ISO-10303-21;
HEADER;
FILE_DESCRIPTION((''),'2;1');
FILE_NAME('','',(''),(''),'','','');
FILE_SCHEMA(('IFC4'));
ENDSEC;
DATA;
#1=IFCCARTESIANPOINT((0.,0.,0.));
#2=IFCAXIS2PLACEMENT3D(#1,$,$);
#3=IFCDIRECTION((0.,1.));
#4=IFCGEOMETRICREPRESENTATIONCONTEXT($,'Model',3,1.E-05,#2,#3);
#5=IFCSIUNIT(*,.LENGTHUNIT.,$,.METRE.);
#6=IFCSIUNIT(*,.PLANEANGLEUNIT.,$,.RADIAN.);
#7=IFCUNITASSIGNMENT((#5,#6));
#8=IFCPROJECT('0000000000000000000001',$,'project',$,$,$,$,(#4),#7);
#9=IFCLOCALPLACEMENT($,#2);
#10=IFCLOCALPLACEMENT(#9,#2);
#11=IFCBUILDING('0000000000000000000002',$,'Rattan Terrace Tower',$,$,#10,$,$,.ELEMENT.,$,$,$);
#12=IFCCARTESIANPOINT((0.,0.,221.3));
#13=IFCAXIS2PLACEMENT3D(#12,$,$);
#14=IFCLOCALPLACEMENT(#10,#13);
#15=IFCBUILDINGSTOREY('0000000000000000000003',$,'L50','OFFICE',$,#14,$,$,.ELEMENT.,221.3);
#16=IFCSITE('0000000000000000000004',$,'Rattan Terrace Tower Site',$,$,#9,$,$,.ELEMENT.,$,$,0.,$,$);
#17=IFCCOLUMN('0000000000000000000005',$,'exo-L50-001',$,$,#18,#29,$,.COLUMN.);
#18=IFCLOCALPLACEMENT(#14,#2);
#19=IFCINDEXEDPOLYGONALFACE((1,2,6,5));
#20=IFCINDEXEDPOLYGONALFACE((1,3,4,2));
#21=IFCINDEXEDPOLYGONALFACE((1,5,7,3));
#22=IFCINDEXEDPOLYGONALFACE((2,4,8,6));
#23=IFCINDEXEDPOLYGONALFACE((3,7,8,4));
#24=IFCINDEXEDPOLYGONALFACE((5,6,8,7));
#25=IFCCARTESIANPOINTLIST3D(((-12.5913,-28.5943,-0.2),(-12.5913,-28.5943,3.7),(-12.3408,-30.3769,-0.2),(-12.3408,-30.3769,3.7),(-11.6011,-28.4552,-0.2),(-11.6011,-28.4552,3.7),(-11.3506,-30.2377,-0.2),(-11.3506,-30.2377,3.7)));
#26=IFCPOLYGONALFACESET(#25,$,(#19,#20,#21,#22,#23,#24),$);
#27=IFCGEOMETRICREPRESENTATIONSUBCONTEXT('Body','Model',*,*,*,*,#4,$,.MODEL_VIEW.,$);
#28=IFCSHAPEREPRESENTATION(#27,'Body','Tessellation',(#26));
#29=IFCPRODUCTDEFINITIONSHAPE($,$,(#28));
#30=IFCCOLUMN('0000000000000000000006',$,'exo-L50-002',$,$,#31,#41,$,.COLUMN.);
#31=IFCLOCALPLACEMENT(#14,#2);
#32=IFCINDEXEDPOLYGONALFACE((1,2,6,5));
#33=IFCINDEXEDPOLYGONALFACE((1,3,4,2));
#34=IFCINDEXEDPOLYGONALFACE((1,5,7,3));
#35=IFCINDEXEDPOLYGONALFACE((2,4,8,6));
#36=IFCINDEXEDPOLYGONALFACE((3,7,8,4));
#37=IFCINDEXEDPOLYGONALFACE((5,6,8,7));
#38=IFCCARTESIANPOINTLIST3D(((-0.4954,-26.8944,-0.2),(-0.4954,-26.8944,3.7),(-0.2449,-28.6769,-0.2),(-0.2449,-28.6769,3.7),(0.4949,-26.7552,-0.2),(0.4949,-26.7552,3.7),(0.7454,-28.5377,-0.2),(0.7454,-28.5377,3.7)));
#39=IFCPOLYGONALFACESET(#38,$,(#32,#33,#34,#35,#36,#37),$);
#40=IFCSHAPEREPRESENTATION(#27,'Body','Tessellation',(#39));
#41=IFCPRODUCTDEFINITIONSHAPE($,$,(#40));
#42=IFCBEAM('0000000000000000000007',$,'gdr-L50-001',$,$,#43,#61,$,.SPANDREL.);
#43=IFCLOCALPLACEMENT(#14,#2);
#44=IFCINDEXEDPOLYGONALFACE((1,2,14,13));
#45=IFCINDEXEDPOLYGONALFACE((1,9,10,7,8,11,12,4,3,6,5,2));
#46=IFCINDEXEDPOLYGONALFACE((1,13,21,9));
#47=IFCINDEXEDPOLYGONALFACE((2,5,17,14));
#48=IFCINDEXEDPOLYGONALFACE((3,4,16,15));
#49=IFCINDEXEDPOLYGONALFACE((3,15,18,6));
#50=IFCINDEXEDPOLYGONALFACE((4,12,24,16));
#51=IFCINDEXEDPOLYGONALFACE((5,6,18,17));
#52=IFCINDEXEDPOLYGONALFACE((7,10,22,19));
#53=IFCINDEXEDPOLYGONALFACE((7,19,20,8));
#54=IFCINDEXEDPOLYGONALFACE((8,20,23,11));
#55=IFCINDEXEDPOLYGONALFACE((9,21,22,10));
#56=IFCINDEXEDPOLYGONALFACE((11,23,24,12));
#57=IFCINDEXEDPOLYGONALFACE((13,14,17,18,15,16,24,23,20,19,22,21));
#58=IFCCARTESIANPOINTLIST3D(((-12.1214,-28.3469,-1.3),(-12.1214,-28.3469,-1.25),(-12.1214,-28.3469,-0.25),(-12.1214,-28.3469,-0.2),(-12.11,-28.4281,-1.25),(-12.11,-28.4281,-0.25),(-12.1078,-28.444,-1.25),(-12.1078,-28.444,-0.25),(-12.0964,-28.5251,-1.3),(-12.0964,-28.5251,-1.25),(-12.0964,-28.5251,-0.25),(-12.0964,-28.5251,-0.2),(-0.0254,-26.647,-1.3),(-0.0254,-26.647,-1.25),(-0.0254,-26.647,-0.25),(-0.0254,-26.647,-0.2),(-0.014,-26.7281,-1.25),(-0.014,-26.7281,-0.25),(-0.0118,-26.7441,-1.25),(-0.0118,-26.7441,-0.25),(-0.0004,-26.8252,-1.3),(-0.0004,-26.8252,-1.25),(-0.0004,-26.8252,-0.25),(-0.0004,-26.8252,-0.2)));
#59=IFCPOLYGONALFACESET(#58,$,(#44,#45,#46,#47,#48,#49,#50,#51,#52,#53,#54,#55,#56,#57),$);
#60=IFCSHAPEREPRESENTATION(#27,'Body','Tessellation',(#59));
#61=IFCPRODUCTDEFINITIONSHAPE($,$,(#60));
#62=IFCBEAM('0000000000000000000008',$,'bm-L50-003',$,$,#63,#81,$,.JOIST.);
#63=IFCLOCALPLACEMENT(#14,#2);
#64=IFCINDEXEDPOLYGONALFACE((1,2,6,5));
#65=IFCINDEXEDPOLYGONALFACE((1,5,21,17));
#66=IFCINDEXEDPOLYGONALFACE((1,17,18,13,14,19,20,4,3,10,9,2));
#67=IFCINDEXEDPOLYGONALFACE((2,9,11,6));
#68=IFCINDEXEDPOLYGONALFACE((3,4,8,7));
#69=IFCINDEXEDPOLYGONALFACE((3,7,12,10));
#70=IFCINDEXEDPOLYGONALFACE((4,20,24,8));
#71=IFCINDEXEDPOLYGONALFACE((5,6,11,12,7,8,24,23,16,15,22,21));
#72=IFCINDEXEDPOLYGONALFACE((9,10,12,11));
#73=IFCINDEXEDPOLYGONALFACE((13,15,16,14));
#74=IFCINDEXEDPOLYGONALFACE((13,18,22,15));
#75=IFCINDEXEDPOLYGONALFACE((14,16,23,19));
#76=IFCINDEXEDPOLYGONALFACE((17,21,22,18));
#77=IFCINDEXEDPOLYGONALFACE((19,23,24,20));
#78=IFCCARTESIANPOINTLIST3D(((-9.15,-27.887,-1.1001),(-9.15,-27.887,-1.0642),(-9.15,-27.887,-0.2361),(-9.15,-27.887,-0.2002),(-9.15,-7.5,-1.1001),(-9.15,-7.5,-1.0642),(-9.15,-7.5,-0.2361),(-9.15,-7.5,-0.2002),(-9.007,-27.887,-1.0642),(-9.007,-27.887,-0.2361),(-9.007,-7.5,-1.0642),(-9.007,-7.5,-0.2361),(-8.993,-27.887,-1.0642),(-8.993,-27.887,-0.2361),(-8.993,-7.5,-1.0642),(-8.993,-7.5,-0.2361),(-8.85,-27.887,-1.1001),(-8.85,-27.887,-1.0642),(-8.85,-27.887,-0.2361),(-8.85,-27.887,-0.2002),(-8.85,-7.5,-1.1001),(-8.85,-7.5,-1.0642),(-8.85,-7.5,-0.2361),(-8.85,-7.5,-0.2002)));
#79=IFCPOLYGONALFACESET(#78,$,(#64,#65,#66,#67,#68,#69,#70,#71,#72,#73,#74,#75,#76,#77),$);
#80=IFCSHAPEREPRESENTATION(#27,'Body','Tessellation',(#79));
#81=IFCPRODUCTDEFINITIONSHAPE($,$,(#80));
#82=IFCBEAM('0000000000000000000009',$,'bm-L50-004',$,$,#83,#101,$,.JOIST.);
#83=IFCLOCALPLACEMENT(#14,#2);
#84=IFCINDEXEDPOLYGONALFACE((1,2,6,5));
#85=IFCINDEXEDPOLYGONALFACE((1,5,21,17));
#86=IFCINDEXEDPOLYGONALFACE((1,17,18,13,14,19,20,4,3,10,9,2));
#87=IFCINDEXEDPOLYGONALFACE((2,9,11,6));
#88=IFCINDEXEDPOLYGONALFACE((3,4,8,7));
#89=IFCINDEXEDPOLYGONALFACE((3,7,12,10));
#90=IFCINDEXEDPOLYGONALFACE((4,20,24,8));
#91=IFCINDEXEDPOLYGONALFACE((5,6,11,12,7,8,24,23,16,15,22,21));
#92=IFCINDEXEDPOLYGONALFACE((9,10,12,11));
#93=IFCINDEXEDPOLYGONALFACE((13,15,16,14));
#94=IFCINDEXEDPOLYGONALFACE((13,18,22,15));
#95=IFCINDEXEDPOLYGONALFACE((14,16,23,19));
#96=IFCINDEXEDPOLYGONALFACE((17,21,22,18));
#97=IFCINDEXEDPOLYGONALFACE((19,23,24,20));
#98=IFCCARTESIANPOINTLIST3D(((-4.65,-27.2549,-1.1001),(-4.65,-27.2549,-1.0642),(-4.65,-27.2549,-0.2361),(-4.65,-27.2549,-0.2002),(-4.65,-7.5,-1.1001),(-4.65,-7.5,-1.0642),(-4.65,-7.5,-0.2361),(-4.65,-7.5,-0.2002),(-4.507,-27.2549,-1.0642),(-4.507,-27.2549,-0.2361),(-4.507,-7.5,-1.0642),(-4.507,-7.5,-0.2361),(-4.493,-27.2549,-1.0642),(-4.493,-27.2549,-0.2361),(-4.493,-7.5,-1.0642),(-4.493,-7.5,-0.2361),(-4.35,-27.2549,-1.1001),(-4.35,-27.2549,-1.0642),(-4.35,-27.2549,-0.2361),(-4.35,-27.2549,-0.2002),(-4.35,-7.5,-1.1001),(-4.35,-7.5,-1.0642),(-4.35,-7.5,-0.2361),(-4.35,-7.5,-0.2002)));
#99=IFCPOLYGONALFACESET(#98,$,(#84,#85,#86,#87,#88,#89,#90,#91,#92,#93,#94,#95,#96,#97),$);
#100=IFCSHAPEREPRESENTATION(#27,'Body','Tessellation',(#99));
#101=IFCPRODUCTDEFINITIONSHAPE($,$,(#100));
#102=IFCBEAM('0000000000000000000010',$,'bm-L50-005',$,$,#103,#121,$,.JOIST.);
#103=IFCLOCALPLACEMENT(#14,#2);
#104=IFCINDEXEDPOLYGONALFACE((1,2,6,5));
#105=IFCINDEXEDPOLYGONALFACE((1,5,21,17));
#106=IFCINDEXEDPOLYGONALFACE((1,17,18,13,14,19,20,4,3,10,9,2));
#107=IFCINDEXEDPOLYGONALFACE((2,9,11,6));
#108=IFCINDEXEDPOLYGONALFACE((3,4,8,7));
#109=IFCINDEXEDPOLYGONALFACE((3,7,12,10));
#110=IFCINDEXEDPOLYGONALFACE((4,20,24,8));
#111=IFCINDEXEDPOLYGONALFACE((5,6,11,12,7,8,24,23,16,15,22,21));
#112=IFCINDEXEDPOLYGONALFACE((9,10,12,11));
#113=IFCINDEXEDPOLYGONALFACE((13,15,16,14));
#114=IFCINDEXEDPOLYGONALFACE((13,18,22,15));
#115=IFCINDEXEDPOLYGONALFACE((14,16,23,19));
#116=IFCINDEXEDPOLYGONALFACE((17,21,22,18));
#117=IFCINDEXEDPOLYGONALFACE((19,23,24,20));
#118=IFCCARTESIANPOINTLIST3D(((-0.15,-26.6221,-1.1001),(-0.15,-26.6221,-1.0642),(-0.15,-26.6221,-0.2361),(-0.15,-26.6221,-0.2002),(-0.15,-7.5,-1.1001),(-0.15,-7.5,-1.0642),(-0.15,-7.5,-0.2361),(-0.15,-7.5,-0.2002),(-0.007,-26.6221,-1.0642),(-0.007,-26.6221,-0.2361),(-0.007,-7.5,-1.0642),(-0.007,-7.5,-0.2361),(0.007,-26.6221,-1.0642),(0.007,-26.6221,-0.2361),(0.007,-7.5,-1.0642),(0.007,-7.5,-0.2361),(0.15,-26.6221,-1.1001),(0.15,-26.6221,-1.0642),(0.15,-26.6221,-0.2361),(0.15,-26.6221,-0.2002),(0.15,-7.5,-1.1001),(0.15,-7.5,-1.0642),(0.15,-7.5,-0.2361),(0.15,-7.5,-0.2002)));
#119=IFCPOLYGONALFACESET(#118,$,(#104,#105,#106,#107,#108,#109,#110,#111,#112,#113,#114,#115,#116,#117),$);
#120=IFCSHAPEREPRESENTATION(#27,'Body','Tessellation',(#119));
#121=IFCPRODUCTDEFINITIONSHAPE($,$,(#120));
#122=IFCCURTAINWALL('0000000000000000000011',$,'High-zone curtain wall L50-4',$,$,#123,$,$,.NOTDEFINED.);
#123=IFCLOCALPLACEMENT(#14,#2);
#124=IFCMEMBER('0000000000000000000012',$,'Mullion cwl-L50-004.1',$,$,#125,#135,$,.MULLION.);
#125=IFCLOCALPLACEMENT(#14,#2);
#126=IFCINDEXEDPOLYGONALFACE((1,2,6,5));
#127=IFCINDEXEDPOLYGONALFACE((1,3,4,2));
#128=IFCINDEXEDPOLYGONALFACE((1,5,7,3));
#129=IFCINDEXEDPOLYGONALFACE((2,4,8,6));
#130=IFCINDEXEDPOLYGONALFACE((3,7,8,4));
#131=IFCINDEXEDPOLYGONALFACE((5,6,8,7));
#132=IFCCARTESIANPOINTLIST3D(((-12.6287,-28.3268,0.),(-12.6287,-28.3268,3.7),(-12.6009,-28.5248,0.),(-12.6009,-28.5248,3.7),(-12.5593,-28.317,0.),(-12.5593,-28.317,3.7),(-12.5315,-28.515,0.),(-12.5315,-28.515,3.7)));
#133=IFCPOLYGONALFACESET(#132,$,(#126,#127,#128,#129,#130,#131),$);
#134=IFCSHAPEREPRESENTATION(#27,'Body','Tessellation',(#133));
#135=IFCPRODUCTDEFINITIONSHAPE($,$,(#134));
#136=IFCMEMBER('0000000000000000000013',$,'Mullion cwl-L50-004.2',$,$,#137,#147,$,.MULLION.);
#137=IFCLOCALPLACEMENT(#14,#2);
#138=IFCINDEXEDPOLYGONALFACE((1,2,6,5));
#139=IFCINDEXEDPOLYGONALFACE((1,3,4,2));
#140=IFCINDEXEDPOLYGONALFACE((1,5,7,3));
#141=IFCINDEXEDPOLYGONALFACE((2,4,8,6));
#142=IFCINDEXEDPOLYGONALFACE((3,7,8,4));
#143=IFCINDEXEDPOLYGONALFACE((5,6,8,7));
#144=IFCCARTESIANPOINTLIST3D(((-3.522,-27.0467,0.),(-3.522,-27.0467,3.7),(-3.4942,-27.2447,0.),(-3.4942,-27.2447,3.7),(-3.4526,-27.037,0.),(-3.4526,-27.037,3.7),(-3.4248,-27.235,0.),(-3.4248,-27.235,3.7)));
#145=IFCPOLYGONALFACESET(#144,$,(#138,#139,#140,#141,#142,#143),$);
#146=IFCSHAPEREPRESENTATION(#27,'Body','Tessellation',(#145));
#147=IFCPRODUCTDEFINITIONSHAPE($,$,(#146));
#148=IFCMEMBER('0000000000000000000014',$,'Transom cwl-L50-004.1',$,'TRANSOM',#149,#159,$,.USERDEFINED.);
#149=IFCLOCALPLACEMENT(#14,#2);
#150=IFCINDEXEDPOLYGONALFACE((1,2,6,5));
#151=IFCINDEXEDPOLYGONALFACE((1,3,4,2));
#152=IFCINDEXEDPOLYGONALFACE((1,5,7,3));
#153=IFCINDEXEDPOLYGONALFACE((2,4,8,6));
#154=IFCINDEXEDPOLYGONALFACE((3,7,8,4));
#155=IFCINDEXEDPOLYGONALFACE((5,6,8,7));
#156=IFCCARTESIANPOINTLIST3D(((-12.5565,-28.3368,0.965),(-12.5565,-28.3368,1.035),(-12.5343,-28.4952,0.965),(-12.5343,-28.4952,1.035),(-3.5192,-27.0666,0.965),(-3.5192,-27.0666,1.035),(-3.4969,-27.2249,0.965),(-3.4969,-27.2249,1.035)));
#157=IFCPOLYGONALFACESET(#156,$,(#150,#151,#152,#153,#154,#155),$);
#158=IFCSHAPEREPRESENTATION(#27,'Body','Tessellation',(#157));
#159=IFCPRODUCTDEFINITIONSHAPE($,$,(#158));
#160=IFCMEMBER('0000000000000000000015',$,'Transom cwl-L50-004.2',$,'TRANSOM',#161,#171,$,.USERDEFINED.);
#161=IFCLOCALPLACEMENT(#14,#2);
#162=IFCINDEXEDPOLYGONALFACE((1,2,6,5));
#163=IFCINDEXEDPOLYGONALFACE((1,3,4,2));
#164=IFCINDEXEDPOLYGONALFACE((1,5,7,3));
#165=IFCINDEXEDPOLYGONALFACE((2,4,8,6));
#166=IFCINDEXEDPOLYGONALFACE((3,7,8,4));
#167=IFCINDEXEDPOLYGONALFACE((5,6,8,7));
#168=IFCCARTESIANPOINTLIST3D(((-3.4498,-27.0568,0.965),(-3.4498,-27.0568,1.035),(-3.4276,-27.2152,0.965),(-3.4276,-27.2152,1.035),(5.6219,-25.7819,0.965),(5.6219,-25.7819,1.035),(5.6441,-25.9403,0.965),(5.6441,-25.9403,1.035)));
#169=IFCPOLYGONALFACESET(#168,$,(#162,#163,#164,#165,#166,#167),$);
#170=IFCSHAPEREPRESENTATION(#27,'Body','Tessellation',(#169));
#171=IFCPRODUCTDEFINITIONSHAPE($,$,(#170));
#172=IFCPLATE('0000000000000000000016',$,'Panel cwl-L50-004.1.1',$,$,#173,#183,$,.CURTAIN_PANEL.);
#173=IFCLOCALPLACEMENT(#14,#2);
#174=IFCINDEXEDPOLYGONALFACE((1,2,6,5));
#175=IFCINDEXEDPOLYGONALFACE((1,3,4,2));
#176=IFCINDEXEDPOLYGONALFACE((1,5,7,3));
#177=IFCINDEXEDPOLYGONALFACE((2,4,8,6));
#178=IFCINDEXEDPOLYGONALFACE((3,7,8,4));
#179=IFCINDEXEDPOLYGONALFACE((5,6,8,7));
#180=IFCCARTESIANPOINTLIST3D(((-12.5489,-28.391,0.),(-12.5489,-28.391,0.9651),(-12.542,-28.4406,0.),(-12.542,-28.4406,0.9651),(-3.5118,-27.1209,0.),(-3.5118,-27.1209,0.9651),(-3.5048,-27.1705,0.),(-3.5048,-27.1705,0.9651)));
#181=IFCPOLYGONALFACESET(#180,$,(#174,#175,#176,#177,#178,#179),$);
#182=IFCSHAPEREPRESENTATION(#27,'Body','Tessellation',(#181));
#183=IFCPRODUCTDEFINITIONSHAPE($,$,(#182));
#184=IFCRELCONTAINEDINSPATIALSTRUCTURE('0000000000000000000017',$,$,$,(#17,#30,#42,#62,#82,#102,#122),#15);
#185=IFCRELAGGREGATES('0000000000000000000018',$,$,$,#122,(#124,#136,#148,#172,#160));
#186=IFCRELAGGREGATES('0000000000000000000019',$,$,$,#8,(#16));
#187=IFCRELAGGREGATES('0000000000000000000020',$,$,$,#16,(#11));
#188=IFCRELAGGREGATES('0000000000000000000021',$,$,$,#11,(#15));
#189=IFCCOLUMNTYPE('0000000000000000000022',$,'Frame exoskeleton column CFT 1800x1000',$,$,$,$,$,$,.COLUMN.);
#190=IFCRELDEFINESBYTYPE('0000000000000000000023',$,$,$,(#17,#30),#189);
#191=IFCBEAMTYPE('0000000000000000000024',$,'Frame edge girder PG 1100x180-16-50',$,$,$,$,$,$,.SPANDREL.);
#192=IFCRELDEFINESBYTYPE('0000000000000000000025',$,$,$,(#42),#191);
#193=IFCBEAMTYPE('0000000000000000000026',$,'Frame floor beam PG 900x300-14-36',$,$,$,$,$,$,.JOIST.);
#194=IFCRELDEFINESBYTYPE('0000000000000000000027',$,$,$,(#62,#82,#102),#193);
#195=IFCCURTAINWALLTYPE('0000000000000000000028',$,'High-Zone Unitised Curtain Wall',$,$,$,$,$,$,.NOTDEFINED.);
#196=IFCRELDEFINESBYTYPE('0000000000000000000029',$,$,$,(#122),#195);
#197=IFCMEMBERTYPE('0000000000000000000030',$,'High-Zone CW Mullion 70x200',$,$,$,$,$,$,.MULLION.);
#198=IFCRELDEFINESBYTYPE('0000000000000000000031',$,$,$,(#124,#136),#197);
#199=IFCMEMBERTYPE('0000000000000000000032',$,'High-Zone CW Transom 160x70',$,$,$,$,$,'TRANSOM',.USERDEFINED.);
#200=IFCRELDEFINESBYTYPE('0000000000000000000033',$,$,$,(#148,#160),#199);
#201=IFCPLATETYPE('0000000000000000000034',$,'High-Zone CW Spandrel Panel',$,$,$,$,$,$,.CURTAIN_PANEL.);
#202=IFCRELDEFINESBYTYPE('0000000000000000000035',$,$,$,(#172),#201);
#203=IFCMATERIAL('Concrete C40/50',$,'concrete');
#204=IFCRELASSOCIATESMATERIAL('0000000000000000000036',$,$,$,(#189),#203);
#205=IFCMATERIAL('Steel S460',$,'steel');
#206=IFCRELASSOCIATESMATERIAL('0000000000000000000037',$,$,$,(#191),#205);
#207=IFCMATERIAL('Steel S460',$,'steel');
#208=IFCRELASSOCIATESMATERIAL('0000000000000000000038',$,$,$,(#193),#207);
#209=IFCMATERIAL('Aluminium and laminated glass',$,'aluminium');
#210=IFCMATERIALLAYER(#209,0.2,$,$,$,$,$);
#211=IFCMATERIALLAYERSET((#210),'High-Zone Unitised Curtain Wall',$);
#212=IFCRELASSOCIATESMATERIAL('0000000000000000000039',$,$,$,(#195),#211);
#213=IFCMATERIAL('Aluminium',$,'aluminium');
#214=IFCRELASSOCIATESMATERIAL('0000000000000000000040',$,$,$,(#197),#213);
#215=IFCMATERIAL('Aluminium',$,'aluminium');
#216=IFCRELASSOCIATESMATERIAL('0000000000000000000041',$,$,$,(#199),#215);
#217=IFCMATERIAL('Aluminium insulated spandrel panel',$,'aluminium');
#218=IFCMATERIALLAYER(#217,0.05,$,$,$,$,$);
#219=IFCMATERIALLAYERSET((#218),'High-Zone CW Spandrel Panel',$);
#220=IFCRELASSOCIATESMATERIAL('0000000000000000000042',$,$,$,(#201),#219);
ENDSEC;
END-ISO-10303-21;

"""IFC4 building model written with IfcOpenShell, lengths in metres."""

from ifc_helpers import new_model, si_unit, direction, frame, origin, origin_2d, place, context, subcontext, project, spatial, rectangle, i_section, extrude, material, layer, layer_set, material_profile, profile_set, type_object, element, aggregate, save


model = new_model("IFC4")

# Units and contexts
model_context = context("Model", 3, precision=1e-05, world=origin(), true_north=direction((0.0, 1.0)))
body_context = subcontext(model_context, "Body", "Model", "MODEL_VIEW")
ifc_project = project(units=[si_unit("LENGTHUNIT", "METRE"), si_unit("PLANEANGLEUNIT", "RADIAN")], contexts=[model_context])

# Site, building, storey
site_placement = place(None, origin())
site = spatial("IfcSite", under=ifc_project, at=site_placement, Name="Rattan Terrace Tower Site", CompositionType="ELEMENT", RefElevation=0.0)
building_placement = place(site_placement, origin())
building = spatial("IfcBuilding", under=site, at=building_placement, Name="Rattan Terrace Tower", CompositionType="ELEMENT")
storey_placement = place(building_placement, frame((0.0, 0.0, 221.3)))
storey = spatial("IfcBuildingStorey", under=building, at=storey_placement, Name="L50", Description="OFFICE", CompositionType="ELEMENT", Elevation=221.3)

# Columns
ifc_material_1 = material(Name="Concrete C40/50", Category="concrete")
ifc_material_profile_1 = material_profile(ifc_material_1, rectangle(XDim=1.0, YDim=1.8, at=origin_2d()), Name="CFT 1800x1000")
ifc_profile_set_1 = profile_set([ifc_material_profile_1], Name="Concrete C40/50")
column_type = type_object("IfcColumnType", Name="Frame exoskeleton column CFT 1800x1000", PredefinedType="COLUMN", material=ifc_profile_set_1)
for number, where, z_axis, x_axis, name in (
    (1, (-11.9709, -29.416, -0.2), (0.0, 0.0, 1.0), (0.990268, 0.139173, 0.0), "exo-L50-001"),
    (2, (0.125, -27.7161, -0.2), (0.0, 0.0, 1.0), (0.990268, 0.139173, 0.0), "exo-L50-002"),
):
    element("IfcColumn", number, at=place(storey_placement, frame(where, z_axis=z_axis, x_axis=x_axis)), inside=storey, type_object=column_type, Name=name, PredefinedType="COLUMN", context=body_context, shape_type="SweptSolid", body=[
        extrude(rectangle(XDim=1.0, YDim=1.8, at=origin_2d()), origin(), (0.0, 0.0, 1.0), 3.8999),
    ])

# Beams
ifc_material_2 = material(Name="Steel S460", Category="steel")
ifc_material_profile_2 = material_profile(ifc_material_2, i_section(OverallWidth=0.1799, OverallDepth=1.1001, WebThickness=0.0161, FlangeThickness=0.05, at=origin_2d()), Name="PG 1100x180-16-50")
ifc_profile_set_2 = profile_set([ifc_material_profile_2], Name="Steel S460")
beam_type_1 = type_object("IfcBeamType", Name="Frame edge girder PG 1100x180-16-50", PredefinedType="SPANDREL", material=ifc_profile_set_2)
beam_1_placement = place(storey_placement, frame((-12.1089, -28.436, -0.75), z_axis=(0.990268, 0.139171, 0.0), x_axis=(-0.139171, 0.990268, 0.0)))
element("IfcBeam", 3, at=beam_1_placement, inside=storey, type_object=beam_type_1, Name="gdr-L50-001", PredefinedType="SPANDREL", context=body_context, shape_type="SweptSolid", body=[
    extrude(i_section(OverallWidth=0.1799, OverallDepth=1.1001, WebThickness=0.0161, FlangeThickness=0.05, at=origin_2d()), origin(), (0.0, 0.0, 1.0), 12.2148),
])
ifc_material_3 = material(Name="Steel S460", Category="steel")
ifc_material_profile_3 = material_profile(ifc_material_3, i_section(OverallWidth=0.3, OverallDepth=0.8999, WebThickness=0.0139, FlangeThickness=0.0359, at=origin_2d()), Name="PG 900x300-14-36")
ifc_profile_set_3 = profile_set([ifc_material_profile_3], Name="Steel S460")
beam_type_2 = type_object("IfcBeamType", Name="Frame floor beam PG 900x300-14-36", PredefinedType="JOIST", material=ifc_profile_set_3)
beam_2_placement = place(storey_placement, frame((-9.0, -27.887, -0.6501), z_axis=(0.0, 1.0, 0.0), x_axis=(-1.0, 0.0, 0.0)))
element("IfcBeam", 4, at=beam_2_placement, inside=storey, type_object=beam_type_2, Name="bm-L50-003", PredefinedType="JOIST", context=body_context, shape_type="SweptSolid", body=[
    extrude(i_section(OverallWidth=0.3, OverallDepth=0.8999, WebThickness=0.0139, FlangeThickness=0.0359, at=origin_2d()), origin(), (0.0, 0.0, 1.0), 20.387),
])
beam_3_placement = place(storey_placement, frame((-4.5, -27.2549, -0.6501), z_axis=(0.0, 1.0, 0.0), x_axis=(-1.0, 0.0, 0.0)))
element("IfcBeam", 5, at=beam_3_placement, inside=storey, type_object=beam_type_2, Name="bm-L50-004", PredefinedType="JOIST", context=body_context, shape_type="SweptSolid", body=[
    extrude(i_section(OverallWidth=0.3, OverallDepth=0.8999, WebThickness=0.0139, FlangeThickness=0.0359, at=origin_2d()), origin(), (0.0, 0.0, 1.0), 19.7549),
])
beam_4_placement = place(storey_placement, frame((0.0, -26.6221, -0.6501), z_axis=(0.0, 1.0, 0.0), x_axis=(-1.0, 0.0, 0.0)))
element("IfcBeam", 6, at=beam_4_placement, inside=storey, type_object=beam_type_2, Name="bm-L50-005", PredefinedType="JOIST", context=body_context, shape_type="SweptSolid", body=[
    extrude(i_section(OverallWidth=0.3, OverallDepth=0.8999, WebThickness=0.0139, FlangeThickness=0.0359, at=origin_2d()), origin(), (0.0, 0.0, 1.0), 19.1221),
])

# Curtain wall, members, plate
ifc_material_4 = material(Name="Aluminium and laminated glass", Category="aluminium")
ifc_layer_1 = layer(ifc_material_4, 0.2)
ifc_layer_set_1 = layer_set([ifc_layer_1], Name="High-Zone Unitised Curtain Wall")
curtain_wall_type = type_object("IfcCurtainWallType", Name="High-Zone Unitised Curtain Wall", PredefinedType="NOTDEFINED", material=ifc_layer_set_1)
curtain_wall_placement = place(storey_placement, origin())
curtain_wall = element("IfcCurtainWall", 7, at=curtain_wall_placement, inside=storey, type_object=curtain_wall_type, Name="High-zone curtain wall L50-4", PredefinedType="NOTDEFINED")
ifc_material_5 = material(Name="Aluminium", Category="aluminium")
ifc_material_profile_4 = material_profile(ifc_material_5, rectangle(XDim=0.0701, YDim=0.2, at=origin_2d()), Name="Aluminium 70x200")
ifc_profile_set_4 = profile_set([ifc_material_profile_4], Name="Aluminium")
member_type_1 = type_object("IfcMemberType", Name="High-Zone CW Mullion 70x200", PredefinedType="MULLION", material=ifc_profile_set_4)
member_1_placement = place(storey_placement, frame((-12.5801, -28.4209, 0.0), z_axis=(0.0, 0.0, 1.0), x_axis=(0.990267, 0.139177, 0.0)))
member_1 = element("IfcMember", 8, at=member_1_placement, type_object=member_type_1, Name="Mullion cwl-L50-004.1", PredefinedType="MULLION", context=body_context, shape_type="SweptSolid", body=[
    extrude(rectangle(XDim=0.0701, YDim=0.2, at=origin_2d()), origin(), (0.0, 0.0, 1.0), 3.7),
])
member_2_placement = place(storey_placement, frame((-3.4734, -27.1409, 0.0), z_axis=(0.0, 0.0, 1.0), x_axis=(0.990267, 0.139177, 0.0)))
member_2 = element("IfcMember", 9, at=member_2_placement, type_object=member_type_1, Name="Mullion cwl-L50-004.2", PredefinedType="MULLION", context=body_context, shape_type="SweptSolid", body=[
    extrude(rectangle(XDim=0.0701, YDim=0.2, at=origin_2d()), origin(), (0.0, 0.0, 1.0), 3.7),
])
ifc_material_6 = material(Name="Aluminium", Category="aluminium")
ifc_material_profile_5 = material_profile(ifc_material_6, rectangle(XDim=0.1599, YDim=0.0701, at=origin_2d()), Name="Aluminium 160x70")
ifc_profile_set_5 = profile_set([ifc_material_profile_5], Name="Aluminium")
member_type_2 = type_object("IfcMemberType", Name="High-Zone CW Transom 160x70", ElementType="TRANSOM", PredefinedType="USERDEFINED", material=ifc_profile_set_5)
member_3_placement = place(storey_placement, frame((-12.5454, -28.416, 1.0), z_axis=(0.990266, 0.139189, 0.0), x_axis=(-0.139189, 0.990266, 0.0)))
member_3 = element("IfcMember", 10, at=member_3_placement, type_object=member_type_2, Name="Transom cwl-L50-004.1", ObjectType="TRANSOM", PredefinedType="USERDEFINED", context=body_context, shape_type="SweptSolid", body=[
    extrude(rectangle(XDim=0.1599, YDim=0.0701, at=origin_2d()), origin(), (0.0, 0.0, 1.0), 9.1262),
])
member_4_placement = place(storey_placement, frame((-3.4387, -27.136, 1.0), z_axis=(0.990269, 0.139167, 0.0), x_axis=(-0.139167, 0.990269, 0.0)))
member_4 = element("IfcMember", 11, at=member_4_placement, type_object=member_type_2, Name="Transom cwl-L50-004.2", ObjectType="TRANSOM", PredefinedType="USERDEFINED", context=body_context, shape_type="SweptSolid", body=[
    extrude(rectangle(XDim=0.1599, YDim=0.0701, at=origin_2d()), origin(), (0.0, 0.0, 1.0), 9.1609),
])
ifc_material_7 = material(Name="Aluminium insulated spandrel panel", Category="aluminium")
ifc_layer_2 = layer(ifc_material_7, 0.05)
ifc_layer_set_2 = layer_set([ifc_layer_2], Name="High-Zone CW Spandrel Panel")
plate_type_1 = type_object("IfcPlateType", Name="High-Zone CW Spandrel Panel", PredefinedType="CURTAIN_PANEL", material=ifc_layer_set_2)
plate_1_placement = place(storey_placement, frame((-8.0269, -27.7808, 0.0), z_axis=(0.0, 0.0, 1.0), x_axis=(0.990267, 0.139177, 0.0)))
plate_1 = element("IfcPlate", 12, at=plate_1_placement, type_object=plate_type_1, Name="Panel cwl-L50-004.1.1", PredefinedType="CURTAIN_PANEL", context=body_context, shape_type="SweptSolid", body=[
    extrude(rectangle(XDim=9.126, YDim=0.05, at=origin_2d()), origin(), (0.0, 0.0, 1.0), 0.9651),
])
aggregate(curtain_wall, [member_1, member_2, member_3, plate_1, member_4])

save(model, "model.ifc")
